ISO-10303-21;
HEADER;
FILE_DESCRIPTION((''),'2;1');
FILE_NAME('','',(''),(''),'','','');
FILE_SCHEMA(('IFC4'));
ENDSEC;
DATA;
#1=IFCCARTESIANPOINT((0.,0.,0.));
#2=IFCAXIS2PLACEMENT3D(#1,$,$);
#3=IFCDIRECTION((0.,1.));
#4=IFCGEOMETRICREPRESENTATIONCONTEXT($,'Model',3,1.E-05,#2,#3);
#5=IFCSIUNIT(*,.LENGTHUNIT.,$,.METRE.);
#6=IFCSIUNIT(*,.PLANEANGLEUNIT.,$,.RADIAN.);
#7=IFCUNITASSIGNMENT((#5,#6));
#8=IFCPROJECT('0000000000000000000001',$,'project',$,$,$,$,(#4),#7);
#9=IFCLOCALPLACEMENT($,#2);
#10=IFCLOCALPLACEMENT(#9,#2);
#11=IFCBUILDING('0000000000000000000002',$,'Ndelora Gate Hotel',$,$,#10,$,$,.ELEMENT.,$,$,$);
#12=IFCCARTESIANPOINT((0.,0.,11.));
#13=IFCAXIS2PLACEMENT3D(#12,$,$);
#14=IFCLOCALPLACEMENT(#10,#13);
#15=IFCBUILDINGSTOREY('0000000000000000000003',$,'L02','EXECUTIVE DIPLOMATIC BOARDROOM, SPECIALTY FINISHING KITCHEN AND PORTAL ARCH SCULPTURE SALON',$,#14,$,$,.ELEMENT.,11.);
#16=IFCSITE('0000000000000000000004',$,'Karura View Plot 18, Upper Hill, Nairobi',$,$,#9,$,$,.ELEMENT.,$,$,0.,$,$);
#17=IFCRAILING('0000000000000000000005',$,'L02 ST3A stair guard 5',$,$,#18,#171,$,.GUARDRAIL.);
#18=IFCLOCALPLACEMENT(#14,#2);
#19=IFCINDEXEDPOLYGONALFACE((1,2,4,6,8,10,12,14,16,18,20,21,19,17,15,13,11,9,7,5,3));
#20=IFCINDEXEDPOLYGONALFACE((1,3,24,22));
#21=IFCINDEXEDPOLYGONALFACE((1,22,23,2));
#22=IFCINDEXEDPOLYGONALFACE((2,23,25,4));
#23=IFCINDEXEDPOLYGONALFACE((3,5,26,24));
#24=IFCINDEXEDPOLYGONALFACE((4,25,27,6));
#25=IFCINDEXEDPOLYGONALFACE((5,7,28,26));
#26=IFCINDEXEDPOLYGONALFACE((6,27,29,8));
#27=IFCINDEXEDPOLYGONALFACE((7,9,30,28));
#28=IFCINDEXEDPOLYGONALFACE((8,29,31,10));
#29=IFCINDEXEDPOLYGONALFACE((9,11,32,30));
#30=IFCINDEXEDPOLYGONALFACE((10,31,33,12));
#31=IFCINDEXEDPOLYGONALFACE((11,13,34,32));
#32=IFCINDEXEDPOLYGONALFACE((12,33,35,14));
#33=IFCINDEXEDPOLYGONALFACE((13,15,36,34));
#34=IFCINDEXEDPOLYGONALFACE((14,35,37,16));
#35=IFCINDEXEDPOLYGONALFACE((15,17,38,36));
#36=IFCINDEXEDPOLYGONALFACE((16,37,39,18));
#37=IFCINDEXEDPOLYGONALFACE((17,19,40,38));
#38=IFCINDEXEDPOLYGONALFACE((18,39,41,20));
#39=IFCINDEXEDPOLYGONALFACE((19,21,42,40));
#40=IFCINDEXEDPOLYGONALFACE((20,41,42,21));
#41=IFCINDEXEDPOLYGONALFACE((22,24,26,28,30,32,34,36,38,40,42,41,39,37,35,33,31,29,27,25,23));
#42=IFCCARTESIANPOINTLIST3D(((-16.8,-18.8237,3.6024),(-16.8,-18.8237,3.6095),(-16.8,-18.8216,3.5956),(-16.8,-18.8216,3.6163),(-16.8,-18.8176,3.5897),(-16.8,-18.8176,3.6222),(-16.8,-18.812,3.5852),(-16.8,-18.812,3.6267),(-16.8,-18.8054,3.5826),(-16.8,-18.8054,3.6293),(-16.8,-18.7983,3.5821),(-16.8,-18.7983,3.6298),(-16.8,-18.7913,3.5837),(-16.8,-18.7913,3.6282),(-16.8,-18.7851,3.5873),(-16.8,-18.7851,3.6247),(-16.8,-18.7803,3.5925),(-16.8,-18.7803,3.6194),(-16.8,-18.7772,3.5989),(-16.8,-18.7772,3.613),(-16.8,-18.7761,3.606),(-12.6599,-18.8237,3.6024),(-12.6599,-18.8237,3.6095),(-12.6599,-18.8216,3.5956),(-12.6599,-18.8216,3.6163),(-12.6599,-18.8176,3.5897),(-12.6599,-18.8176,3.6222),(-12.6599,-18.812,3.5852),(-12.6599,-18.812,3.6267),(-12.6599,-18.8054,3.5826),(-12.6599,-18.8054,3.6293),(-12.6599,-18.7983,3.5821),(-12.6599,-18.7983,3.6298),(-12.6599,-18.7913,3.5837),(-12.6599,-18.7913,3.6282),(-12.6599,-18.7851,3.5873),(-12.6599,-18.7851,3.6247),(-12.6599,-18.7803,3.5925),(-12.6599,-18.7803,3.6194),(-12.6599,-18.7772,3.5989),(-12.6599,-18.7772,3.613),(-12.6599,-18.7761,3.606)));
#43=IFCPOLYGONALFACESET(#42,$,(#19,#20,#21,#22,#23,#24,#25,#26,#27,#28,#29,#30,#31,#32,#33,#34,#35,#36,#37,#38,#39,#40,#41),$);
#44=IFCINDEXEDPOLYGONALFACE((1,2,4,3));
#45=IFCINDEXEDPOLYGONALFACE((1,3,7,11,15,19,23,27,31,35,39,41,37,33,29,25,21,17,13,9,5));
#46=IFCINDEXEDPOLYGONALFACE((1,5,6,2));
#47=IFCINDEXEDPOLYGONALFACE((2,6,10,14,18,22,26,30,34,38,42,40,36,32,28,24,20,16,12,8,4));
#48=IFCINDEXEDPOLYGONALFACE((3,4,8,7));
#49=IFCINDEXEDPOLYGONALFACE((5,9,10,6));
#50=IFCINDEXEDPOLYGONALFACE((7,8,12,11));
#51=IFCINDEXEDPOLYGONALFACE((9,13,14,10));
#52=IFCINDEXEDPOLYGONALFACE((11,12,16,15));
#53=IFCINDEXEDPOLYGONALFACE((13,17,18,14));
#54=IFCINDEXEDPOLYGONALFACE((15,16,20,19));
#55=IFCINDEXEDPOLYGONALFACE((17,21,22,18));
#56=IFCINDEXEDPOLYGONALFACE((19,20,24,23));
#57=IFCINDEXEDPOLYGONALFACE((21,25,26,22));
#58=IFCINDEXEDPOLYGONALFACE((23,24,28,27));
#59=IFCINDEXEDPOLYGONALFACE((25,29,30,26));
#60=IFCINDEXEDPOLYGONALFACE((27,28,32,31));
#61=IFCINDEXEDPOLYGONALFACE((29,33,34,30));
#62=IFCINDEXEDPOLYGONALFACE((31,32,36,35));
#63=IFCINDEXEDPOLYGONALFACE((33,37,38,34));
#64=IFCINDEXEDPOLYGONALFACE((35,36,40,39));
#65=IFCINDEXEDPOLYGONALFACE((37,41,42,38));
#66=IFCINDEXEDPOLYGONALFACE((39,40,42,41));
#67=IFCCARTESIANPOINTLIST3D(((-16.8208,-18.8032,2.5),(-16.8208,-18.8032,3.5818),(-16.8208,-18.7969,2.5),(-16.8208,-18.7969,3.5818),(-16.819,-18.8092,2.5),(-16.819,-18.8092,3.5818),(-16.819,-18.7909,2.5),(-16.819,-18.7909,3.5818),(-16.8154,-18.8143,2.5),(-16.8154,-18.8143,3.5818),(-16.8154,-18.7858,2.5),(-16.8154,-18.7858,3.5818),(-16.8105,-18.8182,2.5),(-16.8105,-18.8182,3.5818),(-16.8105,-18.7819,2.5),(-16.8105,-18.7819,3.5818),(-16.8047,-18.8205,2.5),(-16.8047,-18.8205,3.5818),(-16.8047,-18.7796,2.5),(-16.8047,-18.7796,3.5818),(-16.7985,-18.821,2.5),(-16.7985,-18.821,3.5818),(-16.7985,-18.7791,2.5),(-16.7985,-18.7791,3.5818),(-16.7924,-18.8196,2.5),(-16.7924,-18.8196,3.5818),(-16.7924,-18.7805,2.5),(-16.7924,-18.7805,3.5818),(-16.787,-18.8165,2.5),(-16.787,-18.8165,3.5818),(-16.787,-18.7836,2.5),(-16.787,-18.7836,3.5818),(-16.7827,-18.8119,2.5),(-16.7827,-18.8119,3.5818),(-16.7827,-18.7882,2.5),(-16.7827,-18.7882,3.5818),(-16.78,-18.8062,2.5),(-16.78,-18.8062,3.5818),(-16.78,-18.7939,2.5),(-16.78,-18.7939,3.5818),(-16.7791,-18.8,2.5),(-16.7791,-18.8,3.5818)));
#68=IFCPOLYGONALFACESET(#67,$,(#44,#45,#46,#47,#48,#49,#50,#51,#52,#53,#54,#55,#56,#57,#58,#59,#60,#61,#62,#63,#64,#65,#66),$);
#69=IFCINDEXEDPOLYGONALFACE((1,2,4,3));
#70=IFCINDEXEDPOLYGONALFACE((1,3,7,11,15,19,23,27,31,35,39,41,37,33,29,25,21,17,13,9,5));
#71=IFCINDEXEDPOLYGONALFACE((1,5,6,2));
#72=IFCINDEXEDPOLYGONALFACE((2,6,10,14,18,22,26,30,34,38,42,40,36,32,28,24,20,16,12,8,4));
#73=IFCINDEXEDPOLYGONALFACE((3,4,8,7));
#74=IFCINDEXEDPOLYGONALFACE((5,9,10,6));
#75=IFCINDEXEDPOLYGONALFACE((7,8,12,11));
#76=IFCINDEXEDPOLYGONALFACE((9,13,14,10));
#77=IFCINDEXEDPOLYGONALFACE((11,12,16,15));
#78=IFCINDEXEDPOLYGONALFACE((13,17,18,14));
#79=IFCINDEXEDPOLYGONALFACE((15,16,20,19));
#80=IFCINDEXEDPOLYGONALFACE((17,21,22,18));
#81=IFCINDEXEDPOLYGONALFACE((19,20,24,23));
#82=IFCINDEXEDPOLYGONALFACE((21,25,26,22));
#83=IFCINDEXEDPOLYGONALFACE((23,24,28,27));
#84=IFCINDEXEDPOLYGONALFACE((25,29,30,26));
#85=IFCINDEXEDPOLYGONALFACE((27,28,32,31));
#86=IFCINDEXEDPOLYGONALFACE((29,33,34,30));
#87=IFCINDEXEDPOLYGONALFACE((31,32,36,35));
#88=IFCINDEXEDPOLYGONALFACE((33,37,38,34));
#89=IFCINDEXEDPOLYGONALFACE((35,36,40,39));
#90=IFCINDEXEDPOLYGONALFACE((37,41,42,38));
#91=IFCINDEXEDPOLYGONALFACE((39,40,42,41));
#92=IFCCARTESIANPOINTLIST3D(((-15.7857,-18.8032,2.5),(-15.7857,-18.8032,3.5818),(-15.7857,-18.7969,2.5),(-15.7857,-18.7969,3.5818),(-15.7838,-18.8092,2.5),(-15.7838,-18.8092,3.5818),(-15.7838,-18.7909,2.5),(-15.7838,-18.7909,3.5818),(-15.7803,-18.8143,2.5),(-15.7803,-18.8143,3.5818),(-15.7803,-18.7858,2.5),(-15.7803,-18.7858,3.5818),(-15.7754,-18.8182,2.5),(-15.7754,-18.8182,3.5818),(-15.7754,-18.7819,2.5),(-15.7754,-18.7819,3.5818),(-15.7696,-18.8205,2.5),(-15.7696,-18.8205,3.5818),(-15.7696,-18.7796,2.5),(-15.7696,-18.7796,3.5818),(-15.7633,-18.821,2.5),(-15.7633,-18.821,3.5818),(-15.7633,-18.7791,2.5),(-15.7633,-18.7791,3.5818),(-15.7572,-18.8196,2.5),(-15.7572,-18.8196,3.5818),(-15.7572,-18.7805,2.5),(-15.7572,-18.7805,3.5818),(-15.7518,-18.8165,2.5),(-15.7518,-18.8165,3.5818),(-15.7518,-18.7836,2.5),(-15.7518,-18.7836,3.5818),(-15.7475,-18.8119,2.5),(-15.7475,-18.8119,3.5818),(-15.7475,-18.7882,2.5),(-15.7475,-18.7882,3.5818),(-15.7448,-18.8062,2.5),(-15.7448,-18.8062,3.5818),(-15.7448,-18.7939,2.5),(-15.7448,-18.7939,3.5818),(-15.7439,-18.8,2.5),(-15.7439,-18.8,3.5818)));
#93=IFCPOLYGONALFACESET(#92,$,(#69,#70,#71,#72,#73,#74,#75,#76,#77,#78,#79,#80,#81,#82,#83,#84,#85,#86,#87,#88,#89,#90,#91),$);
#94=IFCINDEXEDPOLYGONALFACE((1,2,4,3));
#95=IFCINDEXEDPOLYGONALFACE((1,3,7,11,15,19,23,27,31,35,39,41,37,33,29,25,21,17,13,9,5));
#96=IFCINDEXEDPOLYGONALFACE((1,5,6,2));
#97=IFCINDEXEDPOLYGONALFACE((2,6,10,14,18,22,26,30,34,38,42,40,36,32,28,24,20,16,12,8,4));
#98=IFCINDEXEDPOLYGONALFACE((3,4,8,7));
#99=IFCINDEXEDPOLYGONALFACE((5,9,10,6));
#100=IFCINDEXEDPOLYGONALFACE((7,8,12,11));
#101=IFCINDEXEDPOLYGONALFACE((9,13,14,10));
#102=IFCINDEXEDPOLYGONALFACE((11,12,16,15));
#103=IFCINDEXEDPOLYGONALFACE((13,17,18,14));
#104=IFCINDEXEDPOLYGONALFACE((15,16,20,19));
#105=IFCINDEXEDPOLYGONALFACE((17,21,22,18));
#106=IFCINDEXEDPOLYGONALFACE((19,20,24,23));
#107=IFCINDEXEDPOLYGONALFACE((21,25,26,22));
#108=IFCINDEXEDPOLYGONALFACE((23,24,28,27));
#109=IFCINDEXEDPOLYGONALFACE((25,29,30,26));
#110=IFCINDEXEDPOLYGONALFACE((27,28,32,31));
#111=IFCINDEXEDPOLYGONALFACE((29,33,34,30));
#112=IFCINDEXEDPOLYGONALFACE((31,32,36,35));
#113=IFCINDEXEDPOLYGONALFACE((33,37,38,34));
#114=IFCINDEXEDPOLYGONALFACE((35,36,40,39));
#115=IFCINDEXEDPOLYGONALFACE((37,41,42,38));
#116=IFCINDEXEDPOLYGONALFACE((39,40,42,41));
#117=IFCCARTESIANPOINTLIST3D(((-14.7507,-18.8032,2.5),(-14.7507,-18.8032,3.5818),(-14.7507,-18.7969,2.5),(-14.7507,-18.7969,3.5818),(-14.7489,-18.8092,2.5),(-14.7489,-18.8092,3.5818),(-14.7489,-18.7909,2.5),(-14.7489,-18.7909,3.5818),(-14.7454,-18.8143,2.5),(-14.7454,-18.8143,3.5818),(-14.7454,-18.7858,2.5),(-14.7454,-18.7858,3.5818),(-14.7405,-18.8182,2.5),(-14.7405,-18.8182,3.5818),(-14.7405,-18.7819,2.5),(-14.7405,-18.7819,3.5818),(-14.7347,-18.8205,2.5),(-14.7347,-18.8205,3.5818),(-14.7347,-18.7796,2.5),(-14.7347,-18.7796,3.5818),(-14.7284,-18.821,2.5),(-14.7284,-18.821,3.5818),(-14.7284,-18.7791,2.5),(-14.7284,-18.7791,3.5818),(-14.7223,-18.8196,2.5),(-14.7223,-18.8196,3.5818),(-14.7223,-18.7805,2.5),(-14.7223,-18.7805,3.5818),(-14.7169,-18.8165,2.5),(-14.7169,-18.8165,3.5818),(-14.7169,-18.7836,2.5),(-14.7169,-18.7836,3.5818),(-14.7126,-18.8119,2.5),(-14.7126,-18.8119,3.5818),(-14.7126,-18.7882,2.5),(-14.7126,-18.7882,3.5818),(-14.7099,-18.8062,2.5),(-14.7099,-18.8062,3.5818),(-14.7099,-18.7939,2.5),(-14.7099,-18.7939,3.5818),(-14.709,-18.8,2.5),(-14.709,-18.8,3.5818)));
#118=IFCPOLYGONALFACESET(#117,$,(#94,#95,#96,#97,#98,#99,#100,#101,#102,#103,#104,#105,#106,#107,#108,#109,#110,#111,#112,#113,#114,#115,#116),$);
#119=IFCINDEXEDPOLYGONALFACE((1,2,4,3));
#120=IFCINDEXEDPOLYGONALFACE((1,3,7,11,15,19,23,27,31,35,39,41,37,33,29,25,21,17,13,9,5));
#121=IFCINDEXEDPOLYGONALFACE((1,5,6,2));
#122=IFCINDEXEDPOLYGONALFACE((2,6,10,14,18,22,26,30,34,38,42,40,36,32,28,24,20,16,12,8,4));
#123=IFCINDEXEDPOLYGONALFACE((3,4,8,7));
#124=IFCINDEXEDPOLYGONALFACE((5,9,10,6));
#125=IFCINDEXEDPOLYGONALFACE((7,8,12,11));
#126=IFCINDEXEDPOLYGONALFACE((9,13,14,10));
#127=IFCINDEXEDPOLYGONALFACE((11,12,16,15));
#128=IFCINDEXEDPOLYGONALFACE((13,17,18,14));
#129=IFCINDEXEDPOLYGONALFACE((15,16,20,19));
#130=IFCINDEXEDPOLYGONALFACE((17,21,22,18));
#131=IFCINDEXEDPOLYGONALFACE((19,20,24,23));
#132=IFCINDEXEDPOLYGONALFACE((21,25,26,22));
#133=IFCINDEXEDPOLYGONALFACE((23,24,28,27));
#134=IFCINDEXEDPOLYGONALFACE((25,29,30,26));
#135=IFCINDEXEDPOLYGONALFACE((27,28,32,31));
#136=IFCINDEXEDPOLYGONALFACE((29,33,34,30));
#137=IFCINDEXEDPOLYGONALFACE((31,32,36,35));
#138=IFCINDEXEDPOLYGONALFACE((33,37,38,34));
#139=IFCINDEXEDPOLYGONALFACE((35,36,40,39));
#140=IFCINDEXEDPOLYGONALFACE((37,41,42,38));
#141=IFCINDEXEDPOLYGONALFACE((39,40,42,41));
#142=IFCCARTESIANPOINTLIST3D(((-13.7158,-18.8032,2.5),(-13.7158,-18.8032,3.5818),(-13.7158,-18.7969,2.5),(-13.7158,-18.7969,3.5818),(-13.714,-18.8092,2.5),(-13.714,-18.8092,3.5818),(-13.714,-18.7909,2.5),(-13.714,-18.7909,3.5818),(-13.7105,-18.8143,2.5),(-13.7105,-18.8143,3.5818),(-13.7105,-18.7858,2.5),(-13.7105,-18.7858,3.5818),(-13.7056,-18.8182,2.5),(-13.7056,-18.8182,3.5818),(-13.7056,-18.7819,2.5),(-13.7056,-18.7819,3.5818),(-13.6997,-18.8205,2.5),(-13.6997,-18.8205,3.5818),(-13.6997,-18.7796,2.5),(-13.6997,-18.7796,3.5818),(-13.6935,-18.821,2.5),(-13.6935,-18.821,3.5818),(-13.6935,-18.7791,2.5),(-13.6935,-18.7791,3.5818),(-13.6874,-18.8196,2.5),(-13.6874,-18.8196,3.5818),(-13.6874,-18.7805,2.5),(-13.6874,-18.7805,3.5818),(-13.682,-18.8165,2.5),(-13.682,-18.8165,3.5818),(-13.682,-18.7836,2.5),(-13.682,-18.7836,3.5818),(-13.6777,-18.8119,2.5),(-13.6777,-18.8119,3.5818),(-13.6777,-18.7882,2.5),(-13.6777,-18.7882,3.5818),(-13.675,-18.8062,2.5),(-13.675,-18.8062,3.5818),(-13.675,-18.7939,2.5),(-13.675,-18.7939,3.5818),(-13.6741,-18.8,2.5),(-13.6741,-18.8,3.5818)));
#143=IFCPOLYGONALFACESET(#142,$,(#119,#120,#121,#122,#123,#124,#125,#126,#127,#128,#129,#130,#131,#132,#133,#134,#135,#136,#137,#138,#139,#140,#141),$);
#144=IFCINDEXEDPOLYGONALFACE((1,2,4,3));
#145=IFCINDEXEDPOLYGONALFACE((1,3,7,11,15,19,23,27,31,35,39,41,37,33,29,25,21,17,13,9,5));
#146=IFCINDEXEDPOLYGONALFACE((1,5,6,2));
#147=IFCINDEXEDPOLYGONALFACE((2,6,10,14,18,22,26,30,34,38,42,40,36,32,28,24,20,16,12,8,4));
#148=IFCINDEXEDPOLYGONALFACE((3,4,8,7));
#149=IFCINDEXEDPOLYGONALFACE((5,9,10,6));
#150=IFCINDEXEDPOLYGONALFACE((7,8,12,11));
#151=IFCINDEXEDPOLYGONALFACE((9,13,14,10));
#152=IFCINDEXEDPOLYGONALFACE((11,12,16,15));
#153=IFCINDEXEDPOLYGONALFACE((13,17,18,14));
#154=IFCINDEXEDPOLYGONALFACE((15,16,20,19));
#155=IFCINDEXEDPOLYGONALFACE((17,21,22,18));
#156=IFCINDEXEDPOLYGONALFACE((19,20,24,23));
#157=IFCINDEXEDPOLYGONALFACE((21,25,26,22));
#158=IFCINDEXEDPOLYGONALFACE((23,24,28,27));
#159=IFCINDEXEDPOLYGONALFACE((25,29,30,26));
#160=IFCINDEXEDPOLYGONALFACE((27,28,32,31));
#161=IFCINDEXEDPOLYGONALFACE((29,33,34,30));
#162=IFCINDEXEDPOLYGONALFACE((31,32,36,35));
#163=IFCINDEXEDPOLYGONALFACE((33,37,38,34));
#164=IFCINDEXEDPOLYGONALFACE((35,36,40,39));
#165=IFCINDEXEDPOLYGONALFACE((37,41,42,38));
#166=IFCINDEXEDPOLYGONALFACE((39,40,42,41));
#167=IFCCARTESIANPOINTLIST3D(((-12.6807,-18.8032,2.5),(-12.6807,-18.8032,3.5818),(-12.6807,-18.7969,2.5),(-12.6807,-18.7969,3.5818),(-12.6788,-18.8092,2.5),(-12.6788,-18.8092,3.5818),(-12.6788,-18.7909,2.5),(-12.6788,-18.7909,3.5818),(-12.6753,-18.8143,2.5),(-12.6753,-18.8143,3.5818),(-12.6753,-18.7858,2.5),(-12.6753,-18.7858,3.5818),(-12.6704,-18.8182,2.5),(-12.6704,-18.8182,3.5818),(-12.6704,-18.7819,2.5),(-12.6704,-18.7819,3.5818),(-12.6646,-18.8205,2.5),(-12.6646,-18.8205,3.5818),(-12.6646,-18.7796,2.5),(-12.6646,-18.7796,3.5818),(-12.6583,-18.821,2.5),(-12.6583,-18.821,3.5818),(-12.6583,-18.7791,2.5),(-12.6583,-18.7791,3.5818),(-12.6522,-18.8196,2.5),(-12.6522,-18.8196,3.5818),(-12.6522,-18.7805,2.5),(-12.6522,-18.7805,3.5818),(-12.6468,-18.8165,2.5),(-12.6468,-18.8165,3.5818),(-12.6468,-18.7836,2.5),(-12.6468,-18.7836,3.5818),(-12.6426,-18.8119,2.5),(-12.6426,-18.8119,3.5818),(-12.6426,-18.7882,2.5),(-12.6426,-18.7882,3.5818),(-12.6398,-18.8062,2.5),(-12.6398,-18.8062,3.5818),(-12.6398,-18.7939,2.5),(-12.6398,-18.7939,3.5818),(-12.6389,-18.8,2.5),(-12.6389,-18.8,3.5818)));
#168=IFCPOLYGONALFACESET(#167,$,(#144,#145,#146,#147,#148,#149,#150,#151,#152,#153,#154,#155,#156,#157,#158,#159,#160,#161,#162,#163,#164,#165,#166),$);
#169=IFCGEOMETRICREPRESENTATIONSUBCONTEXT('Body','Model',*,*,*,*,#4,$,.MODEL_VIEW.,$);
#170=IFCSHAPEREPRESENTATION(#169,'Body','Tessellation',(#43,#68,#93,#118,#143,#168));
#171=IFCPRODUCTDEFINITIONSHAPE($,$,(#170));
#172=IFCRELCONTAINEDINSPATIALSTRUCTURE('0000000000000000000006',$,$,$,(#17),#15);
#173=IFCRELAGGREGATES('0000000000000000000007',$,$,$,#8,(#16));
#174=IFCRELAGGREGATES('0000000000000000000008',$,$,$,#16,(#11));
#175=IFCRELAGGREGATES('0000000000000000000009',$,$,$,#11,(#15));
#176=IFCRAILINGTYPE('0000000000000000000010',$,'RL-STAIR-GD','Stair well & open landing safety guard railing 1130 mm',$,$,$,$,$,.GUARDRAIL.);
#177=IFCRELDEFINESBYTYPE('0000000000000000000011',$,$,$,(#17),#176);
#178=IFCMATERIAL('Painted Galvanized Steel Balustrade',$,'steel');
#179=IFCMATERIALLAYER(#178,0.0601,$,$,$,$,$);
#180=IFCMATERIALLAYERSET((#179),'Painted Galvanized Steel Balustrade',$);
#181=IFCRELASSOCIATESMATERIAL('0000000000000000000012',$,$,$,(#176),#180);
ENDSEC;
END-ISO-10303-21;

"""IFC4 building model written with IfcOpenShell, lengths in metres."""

from ifc_helpers import new_model, si_unit, direction, frame, origin, origin_2d, place, context, subcontext, project, spatial, circle, extrude, material, layer, layer_set, type_object, element, save


model = new_model("IFC4")

# Units and contexts
model_context = context("Model", 3, precision=1e-05, world=origin(), true_north=direction((0.0, 1.0)))
body_context = subcontext(model_context, "Body", "Model", "MODEL_VIEW")
ifc_project = project(units=[si_unit("LENGTHUNIT", "METRE"), si_unit("PLANEANGLEUNIT", "RADIAN")], contexts=[model_context])

# Site, building, storey
site_placement = place(None, origin())
site = spatial("IfcSite", under=ifc_project, at=site_placement, Name="Karura View Plot 18, Upper Hill, Nairobi", CompositionType="ELEMENT", RefElevation=0.0)
building_placement = place(site_placement, origin())
building = spatial("IfcBuilding", under=site, at=building_placement, Name="Ndelora Gate Hotel", CompositionType="ELEMENT")
storey_placement = place(building_placement, frame((0.0, 0.0, 11.0)))
storey = spatial("IfcBuildingStorey", under=building, at=storey_placement, Name="L02", Description="EXECUTIVE DIPLOMATIC BOARDROOM, SPECIALTY FINISHING KITCHEN AND PORTAL ARCH SCULPTURE SALON", CompositionType="ELEMENT", Elevation=11.0)

# Railing
ifc_material_1 = material(Name="Painted Galvanized Steel Balustrade", Category="steel")
ifc_layer_1 = layer(ifc_material_1, 0.0601)
ifc_layer_set_1 = layer_set([ifc_layer_1], Name="Painted Galvanized Steel Balustrade")
railing_type_1 = type_object("IfcRailingType", Name="RL-STAIR-GD", Description="Stair well & open landing safety guard railing 1130 mm", PredefinedType="GUARDRAIL", material=ifc_layer_set_1)
railing_1_placement = place(storey_placement, frame((-16.8, -18.8, 2.5)))
element("IfcRailing", 1, at=railing_1_placement, inside=storey, type_object=railing_type_1, Name="L02 ST3A stair guard 5", PredefinedType="GUARDRAIL", context=body_context, shape_type="SweptSolid", body=[
    extrude(circle(Radius=0.0239, at=origin_2d()), frame((0.0, 0.0, 1.106), z_axis=(1.0, 0.0, 0.0), x_axis=(0.0, 1.0, 0.0)), (0.0, 0.0, 1.0), 4.1401),
    extrude(circle(Radius=0.021, at=origin_2d()), origin(), (0.0, 0.0, 1.0), 1.0818),
    extrude(circle(Radius=0.021, at=origin_2d()), frame((1.0352, 0.0, 0.0)), (0.0, 0.0, 1.0), 1.0818),
    extrude(circle(Radius=0.021, at=origin_2d()), frame((2.0701, 0.0, 0.0)), (0.0, 0.0, 1.0), 1.0818),
    extrude(circle(Radius=0.021, at=origin_2d()), frame((3.105, 0.0, 0.0)), (0.0, 0.0, 1.0), 1.0818),
    extrude(circle(Radius=0.021, at=origin_2d()), frame((4.1401, 0.0, 0.0)), (0.0, 0.0, 1.0), 1.0818),
])

save(model, "model.ifc")
